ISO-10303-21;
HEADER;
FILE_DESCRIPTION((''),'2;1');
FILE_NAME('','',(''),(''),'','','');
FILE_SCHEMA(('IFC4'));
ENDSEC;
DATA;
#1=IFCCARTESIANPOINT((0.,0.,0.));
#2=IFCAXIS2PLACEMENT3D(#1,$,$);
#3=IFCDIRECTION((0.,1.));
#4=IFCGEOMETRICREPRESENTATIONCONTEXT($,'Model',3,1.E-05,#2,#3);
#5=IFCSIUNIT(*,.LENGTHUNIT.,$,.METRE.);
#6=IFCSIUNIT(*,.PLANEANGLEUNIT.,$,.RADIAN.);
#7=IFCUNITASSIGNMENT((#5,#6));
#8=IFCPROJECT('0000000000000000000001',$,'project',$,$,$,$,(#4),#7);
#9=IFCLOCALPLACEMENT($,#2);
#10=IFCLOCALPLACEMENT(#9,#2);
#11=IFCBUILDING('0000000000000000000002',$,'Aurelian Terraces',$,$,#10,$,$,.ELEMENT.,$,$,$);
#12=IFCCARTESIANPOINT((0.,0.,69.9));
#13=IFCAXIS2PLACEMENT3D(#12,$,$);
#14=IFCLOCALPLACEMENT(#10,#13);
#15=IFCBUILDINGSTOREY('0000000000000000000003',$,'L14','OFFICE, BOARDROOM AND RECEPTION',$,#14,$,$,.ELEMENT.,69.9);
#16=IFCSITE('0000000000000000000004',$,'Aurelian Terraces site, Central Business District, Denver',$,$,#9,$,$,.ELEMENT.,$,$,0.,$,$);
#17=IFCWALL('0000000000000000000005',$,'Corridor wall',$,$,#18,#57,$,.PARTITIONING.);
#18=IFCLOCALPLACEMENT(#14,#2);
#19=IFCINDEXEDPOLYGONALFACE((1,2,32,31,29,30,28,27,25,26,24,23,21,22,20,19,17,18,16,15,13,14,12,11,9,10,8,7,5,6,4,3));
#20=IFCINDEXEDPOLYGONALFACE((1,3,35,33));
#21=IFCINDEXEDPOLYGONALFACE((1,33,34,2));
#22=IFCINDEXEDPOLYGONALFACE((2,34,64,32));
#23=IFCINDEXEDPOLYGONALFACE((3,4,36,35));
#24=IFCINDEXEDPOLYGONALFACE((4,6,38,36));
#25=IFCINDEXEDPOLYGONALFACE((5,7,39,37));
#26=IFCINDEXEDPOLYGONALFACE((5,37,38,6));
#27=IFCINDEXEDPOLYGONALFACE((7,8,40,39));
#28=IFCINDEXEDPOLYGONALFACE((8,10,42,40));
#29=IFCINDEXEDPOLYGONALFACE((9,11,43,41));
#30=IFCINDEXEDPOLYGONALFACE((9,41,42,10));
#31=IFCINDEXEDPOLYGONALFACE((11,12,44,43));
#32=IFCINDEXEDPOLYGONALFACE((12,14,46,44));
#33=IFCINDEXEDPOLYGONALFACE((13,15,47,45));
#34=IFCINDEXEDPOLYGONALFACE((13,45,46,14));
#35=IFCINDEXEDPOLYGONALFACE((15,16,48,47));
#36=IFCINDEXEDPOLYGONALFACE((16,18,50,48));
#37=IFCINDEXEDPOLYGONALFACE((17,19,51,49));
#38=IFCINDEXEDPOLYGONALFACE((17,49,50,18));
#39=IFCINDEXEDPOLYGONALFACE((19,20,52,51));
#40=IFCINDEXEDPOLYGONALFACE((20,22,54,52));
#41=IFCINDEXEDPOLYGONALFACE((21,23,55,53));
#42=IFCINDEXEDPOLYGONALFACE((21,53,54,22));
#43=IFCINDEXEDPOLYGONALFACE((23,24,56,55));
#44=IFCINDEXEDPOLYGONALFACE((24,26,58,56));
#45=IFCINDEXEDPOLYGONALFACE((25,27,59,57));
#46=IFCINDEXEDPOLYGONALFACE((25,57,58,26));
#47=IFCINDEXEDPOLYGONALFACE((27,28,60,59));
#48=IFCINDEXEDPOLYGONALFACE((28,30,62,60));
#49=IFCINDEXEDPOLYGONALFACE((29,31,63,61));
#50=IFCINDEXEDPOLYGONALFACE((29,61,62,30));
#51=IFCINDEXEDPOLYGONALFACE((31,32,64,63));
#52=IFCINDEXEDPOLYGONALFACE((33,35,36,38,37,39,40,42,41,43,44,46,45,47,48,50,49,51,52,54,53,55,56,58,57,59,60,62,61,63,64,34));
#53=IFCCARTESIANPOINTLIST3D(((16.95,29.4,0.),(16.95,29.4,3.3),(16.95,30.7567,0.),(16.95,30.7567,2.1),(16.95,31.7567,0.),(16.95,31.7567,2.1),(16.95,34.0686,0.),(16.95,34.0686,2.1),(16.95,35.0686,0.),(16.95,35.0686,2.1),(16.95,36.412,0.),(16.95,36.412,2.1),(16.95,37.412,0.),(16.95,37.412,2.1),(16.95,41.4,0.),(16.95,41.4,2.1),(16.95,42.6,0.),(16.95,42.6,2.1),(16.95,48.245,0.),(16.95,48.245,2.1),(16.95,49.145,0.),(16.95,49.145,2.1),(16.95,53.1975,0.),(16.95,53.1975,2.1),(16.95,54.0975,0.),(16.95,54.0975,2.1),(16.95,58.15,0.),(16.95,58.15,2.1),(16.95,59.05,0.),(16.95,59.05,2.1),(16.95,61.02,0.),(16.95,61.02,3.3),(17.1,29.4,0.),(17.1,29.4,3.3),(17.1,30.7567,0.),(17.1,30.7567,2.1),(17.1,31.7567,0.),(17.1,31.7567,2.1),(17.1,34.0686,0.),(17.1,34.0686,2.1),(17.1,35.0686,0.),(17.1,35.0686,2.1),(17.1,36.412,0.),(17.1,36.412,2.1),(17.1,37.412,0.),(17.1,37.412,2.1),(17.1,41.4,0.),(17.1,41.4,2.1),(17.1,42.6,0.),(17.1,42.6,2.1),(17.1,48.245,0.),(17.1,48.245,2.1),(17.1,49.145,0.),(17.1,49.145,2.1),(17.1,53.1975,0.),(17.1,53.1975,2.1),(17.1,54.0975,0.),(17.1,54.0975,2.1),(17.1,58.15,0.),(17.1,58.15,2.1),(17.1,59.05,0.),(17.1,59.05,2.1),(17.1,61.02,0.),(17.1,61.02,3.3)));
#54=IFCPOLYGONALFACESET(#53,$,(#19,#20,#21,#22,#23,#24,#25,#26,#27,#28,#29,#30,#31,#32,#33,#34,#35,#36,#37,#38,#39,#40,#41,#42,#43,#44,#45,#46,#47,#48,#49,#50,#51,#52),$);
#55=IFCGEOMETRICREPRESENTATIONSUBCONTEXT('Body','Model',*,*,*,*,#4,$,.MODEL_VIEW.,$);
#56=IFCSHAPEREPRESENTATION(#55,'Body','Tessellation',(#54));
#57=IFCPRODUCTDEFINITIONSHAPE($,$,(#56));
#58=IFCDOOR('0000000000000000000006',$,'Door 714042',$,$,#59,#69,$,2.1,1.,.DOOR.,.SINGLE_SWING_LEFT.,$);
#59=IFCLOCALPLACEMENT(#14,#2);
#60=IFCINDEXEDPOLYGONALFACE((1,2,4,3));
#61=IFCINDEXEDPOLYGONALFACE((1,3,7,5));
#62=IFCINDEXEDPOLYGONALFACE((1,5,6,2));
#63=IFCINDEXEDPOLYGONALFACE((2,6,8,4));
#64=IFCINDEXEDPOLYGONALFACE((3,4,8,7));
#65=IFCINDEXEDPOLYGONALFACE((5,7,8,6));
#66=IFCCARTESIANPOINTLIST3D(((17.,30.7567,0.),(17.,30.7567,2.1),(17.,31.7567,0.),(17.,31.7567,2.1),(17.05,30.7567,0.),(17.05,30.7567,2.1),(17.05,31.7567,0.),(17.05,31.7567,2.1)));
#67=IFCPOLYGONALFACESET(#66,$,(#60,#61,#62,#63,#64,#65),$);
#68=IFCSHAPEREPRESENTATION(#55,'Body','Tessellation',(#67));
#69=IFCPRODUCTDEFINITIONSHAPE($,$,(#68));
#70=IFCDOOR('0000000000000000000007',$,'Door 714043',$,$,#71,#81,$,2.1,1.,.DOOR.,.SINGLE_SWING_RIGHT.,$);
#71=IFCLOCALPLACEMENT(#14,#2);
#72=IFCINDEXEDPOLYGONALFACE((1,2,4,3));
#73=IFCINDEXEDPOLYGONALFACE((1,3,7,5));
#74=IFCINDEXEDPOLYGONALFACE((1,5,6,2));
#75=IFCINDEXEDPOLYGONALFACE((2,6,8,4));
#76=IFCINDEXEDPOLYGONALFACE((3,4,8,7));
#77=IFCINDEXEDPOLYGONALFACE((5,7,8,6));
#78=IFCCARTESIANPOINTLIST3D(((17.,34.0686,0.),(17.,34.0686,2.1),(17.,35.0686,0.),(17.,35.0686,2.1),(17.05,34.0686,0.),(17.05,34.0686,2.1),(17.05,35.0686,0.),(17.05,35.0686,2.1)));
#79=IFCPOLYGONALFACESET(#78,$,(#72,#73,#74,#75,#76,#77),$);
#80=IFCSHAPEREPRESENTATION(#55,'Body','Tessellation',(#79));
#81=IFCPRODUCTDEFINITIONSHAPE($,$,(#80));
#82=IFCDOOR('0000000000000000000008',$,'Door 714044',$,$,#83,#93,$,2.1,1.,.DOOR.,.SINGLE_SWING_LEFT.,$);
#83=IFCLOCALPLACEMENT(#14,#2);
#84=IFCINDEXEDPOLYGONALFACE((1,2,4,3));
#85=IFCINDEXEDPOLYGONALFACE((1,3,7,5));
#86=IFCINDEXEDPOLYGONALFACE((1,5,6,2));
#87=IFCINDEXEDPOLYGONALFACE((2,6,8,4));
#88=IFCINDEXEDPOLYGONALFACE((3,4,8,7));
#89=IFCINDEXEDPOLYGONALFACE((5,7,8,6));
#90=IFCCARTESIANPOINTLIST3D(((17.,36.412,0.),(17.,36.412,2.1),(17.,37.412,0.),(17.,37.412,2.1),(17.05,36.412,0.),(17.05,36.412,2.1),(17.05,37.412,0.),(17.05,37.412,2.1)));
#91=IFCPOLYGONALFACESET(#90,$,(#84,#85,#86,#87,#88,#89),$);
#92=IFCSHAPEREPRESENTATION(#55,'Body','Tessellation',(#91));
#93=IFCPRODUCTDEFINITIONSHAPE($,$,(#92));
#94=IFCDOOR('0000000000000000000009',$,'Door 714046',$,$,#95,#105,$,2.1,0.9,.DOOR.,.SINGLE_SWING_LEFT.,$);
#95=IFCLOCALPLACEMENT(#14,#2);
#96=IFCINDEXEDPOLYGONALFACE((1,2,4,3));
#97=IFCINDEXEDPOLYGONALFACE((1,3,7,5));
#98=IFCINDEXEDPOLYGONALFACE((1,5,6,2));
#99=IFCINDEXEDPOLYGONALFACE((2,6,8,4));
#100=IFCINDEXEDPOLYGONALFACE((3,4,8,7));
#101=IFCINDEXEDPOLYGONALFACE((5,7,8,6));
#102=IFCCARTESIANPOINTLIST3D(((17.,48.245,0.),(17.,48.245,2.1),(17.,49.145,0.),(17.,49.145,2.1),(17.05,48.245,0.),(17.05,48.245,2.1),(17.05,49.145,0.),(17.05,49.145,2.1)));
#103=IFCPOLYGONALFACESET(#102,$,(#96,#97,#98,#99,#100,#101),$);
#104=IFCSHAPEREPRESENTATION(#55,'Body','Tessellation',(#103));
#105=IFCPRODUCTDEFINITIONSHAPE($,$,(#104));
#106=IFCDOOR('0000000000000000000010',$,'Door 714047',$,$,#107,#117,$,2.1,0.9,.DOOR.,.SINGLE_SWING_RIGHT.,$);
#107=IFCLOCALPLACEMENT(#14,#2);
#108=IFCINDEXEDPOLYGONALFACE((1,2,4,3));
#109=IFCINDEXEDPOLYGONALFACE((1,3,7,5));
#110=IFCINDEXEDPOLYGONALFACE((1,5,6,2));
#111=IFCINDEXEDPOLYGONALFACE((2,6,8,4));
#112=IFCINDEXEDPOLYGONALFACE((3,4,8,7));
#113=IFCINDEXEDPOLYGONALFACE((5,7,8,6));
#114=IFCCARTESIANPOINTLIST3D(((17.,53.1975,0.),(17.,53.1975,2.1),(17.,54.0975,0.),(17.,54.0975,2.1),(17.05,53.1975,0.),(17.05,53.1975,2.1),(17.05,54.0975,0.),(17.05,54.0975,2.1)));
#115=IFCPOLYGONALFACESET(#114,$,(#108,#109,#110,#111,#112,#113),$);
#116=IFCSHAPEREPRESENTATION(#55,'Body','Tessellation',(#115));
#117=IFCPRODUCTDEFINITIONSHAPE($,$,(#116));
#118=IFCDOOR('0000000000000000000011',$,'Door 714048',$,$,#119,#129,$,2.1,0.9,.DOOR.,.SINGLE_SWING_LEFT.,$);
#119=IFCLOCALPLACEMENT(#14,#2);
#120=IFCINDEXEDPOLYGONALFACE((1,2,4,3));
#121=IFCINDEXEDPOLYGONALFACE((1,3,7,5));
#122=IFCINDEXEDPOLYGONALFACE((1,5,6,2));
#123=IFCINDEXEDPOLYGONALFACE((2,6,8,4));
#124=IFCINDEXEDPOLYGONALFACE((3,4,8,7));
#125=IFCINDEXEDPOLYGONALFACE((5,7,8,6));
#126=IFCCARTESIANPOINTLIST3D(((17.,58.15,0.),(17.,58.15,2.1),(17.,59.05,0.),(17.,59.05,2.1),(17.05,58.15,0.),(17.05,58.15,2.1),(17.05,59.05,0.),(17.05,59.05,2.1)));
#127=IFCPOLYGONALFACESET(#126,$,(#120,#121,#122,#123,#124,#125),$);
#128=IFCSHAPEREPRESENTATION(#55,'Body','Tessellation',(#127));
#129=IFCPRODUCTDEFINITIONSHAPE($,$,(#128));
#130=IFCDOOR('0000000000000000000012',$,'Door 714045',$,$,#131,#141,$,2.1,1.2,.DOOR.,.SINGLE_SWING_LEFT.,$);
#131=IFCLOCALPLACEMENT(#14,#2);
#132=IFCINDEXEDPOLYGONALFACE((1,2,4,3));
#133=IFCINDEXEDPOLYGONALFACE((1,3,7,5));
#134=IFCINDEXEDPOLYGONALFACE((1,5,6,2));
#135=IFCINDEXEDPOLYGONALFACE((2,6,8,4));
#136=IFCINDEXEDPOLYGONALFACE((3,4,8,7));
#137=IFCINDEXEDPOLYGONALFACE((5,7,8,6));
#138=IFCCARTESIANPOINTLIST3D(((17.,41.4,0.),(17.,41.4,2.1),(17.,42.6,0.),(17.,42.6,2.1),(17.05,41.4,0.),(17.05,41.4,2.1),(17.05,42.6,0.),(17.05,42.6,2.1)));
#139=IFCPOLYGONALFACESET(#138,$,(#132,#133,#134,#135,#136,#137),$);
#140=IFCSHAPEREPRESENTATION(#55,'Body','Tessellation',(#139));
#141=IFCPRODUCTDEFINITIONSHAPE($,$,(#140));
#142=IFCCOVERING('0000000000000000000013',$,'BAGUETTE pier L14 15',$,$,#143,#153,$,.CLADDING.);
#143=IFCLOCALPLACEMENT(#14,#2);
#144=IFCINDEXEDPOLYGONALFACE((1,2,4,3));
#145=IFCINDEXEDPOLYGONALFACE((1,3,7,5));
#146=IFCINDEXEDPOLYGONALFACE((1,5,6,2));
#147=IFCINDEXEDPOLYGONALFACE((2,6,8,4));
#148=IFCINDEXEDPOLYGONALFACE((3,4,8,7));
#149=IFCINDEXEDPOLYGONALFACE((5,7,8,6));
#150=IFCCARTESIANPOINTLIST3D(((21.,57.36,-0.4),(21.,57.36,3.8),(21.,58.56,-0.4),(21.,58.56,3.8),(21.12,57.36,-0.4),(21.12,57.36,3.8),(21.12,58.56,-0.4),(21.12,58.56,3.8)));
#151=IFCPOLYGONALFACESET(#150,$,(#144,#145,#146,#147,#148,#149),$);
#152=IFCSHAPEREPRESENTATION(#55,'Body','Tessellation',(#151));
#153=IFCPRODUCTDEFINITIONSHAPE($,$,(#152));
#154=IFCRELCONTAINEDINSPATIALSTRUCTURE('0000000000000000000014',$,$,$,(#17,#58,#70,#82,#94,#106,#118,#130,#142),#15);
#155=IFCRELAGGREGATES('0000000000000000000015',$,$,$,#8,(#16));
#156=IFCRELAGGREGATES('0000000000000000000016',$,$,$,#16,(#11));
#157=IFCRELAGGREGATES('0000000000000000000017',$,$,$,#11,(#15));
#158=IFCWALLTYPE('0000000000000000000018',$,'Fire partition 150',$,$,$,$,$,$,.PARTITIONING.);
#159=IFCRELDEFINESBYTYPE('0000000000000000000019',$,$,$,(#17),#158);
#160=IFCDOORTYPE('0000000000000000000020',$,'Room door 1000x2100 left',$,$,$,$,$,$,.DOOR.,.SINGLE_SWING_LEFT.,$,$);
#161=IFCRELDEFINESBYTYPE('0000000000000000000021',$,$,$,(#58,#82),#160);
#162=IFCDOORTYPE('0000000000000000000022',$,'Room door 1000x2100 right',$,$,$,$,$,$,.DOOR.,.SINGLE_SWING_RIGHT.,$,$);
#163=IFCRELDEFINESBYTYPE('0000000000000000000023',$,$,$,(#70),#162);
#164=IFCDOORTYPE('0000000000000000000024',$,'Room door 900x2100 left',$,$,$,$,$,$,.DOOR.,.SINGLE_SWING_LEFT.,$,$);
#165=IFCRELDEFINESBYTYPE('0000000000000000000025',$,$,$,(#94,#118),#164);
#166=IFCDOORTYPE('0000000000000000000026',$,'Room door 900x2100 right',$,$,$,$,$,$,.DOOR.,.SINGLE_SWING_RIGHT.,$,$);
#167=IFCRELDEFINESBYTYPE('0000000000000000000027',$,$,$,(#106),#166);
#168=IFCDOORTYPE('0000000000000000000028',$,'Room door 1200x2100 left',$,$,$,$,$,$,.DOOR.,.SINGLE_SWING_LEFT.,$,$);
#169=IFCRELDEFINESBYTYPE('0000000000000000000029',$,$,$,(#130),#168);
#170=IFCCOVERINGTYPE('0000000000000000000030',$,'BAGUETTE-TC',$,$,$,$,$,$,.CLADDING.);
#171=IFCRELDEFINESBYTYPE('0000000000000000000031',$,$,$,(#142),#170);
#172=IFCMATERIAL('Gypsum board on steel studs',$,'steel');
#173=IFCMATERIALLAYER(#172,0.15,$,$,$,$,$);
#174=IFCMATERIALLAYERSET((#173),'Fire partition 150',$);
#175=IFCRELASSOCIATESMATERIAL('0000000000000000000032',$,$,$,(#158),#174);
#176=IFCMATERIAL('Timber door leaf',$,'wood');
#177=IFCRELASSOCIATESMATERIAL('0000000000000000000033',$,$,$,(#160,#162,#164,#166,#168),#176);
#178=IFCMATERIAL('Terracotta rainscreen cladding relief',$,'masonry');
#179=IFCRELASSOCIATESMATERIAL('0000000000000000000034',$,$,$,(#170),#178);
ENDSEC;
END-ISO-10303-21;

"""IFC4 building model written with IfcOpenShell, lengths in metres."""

from ifc_helpers import new_model, si_unit, direction, frame, frame_2d, origin, origin_2d, place, context, subcontext, project, spatial, rectangle, extrude, source, transform, mapped, material, layer, layer_set, type_object, element, fill, save


model = new_model("IFC4")

# Units and contexts
model_context = context("Model", 3, precision=1e-05, world=origin(), true_north=direction((0.0, 1.0)))
body_context = subcontext(model_context, "Body", "Model", "MODEL_VIEW")
ifc_project = project(units=[si_unit("LENGTHUNIT", "METRE"), si_unit("PLANEANGLEUNIT", "RADIAN")], contexts=[model_context])

# Site, building, storey
site_placement = place(None, origin())
site = spatial("IfcSite", under=ifc_project, at=site_placement, Name="Aurelian Terraces site, Central Business District, Denver", CompositionType="ELEMENT", RefElevation=0.0)
building_placement = place(site_placement, origin())
building = spatial("IfcBuilding", under=site, at=building_placement, Name="Aurelian Terraces", CompositionType="ELEMENT")
storey_placement = place(building_placement, frame((0.0, 0.0, 69.9)))
storey = spatial("IfcBuildingStorey", under=building, at=storey_placement, Name="L14", Description="OFFICE, BOARDROOM AND RECEPTION", CompositionType="ELEMENT", Elevation=69.9)

# Shared definitions
ifc_material_1 = material(Name="Gypsum board on steel studs", Category="steel")

# Wall, openings, doors
ifc_layer_1 = layer(ifc_material_1, 0.15)
ifc_layer_set_1 = layer_set([ifc_layer_1], Name="Fire partition 150")
wall_type_1 = type_object("IfcWallType", Name="Fire partition 150", PredefinedType="PARTITIONING", material=ifc_layer_set_1)
shared_shape_1 = source(origin(), body_context, "Body", "SweptSolid", [
    extrude(rectangle(XDim=31.62, YDim=0.15, at=frame_2d((15.81, 0.0))), origin(), (0.0, 0.0, 1.0), 3.3),
])
wall_1_placement = place(storey_placement, frame((17.025, 61.02, 0.0), z_axis=(0.0, 0.0, 1.0), x_axis=(0.0, -1.0, 0.0)))
wall_1 = element("IfcWall", 1, at=wall_1_placement, inside=storey, type_object=wall_type_1, Name="Corridor wall", PredefinedType="PARTITIONING", context=body_context, shape_type="MappedRepresentation", body=[
    mapped(shared_shape_1, transform((0.0, 0.0, 0.0), scale=1.0)),
])
shared_shape_2 = source(origin(), body_context, "Body", "SweptSolid", [
    extrude(rectangle(XDim=1.0, YDim=2.1, at=frame_2d((0.5, 1.05))), frame((0.0, 0.085, 0.0), z_axis=(0.0, -1.0, 0.0), x_axis=(1.0, 0.0, 0.0)), (0.0, 0.0, 1.0), 0.17),
])
opening_1_placement = place(wall_1_placement, frame((29.2633, 0.0, 0.0)))
opening_1 = element("IfcOpeningElement", 2, at=opening_1_placement, cuts=wall_1, PredefinedType="OPENING", context=body_context, shape_type="MappedRepresentation", body=[
    mapped(shared_shape_2, transform((0.0, 0.0, 0.0), scale=1.0)),
])
opening_2_placement = place(wall_1_placement, frame((25.9514, 0.0, 0.0)))
opening_2 = element("IfcOpeningElement", 3, at=opening_2_placement, cuts=wall_1, PredefinedType="OPENING", context=body_context, shape_type="MappedRepresentation", body=[
    mapped(shared_shape_2, transform((0.0, 0.0, 0.0), scale=1.0)),
])
opening_3_placement = place(wall_1_placement, frame((23.608, 0.0, 0.0)))
opening_3 = element("IfcOpeningElement", 4, at=opening_3_placement, cuts=wall_1, PredefinedType="OPENING", context=body_context, shape_type="MappedRepresentation", body=[
    mapped(shared_shape_2, transform((0.0, 0.0, 0.0), scale=1.0)),
])
shared_shape_3 = source(origin(), body_context, "Body", "SweptSolid", [
    extrude(rectangle(XDim=1.2, YDim=2.1, at=frame_2d((0.6, 1.05))), frame((0.0, 0.085, 0.0), z_axis=(0.0, -1.0, 0.0), x_axis=(1.0, 0.0, 0.0)), (0.0, 0.0, 1.0), 0.17),
])
opening_4_placement = place(wall_1_placement, frame((18.42, 0.0, 0.0)))
opening_4 = element("IfcOpeningElement", 5, at=opening_4_placement, cuts=wall_1, PredefinedType="OPENING", context=body_context, shape_type="MappedRepresentation", body=[
    mapped(shared_shape_3, transform((0.0, 0.0, 0.0), scale=1.0)),
])
shared_shape_4 = source(origin(), body_context, "Body", "SweptSolid", [
    extrude(rectangle(XDim=0.9, YDim=2.1, at=frame_2d((0.45, 1.05))), frame((0.0, 0.085, 0.0), z_axis=(0.0, -1.0, 0.0), x_axis=(1.0, 0.0, 0.0)), (0.0, 0.0, 1.0), 0.17),
])
opening_5_placement = place(wall_1_placement, frame((11.875, 0.0, 0.0)))
opening_5 = element("IfcOpeningElement", 6, at=opening_5_placement, cuts=wall_1, PredefinedType="OPENING", context=body_context, shape_type="MappedRepresentation", body=[
    mapped(shared_shape_4, transform((0.0, 0.0, 0.0), scale=1.0)),
])
opening_6_placement = place(wall_1_placement, frame((6.9225, 0.0, 0.0)))
opening_6 = element("IfcOpeningElement", 7, at=opening_6_placement, cuts=wall_1, PredefinedType="OPENING", context=body_context, shape_type="MappedRepresentation", body=[
    mapped(shared_shape_4, transform((0.0, 0.0, 0.0), scale=1.0)),
])
opening_7_placement = place(wall_1_placement, frame((1.97, 0.0, 0.0)))
opening_7 = element("IfcOpeningElement", 8, at=opening_7_placement, cuts=wall_1, PredefinedType="OPENING", context=body_context, shape_type="MappedRepresentation", body=[
    mapped(shared_shape_4, transform((0.0, 0.0, 0.0), scale=1.0)),
])
ifc_material_2 = material(Name="Timber door leaf", Category="wood")
door_type_1 = type_object("IfcDoorType", Name="Room door 1000x2100 left", OperationType="SINGLE_SWING_LEFT", PredefinedType="DOOR", material=ifc_material_2)
shared_shape_5 = source(origin(), body_context, "Body", "SweptSolid", [
    extrude(rectangle(XDim=1.0, YDim=2.1, at=frame_2d((0.5, 1.05))), frame((0.0, 0.025, 0.0), z_axis=(0.0, -1.0, 0.0), x_axis=(1.0, 0.0, 0.0)), (0.0, 0.0, 1.0), 0.05),
])
door_1_placement = place(opening_1_placement, origin())
door_1 = element("IfcDoor", 9, at=door_1_placement, inside=storey, type_object=door_type_1, Name="Door 714042", OperationType="SINGLE_SWING_LEFT", OverallHeight=2.1, OverallWidth=1.0, PredefinedType="DOOR", context=body_context, shape_type="MappedRepresentation", body=[
    mapped(shared_shape_5, transform((0.0, 0.0, 0.0), scale=1.0)),
])
fill(opening_1, door_1)
door_type_2 = type_object("IfcDoorType", Name="Room door 1000x2100 right", OperationType="SINGLE_SWING_RIGHT", PredefinedType="DOOR", material=ifc_material_2)
door_2_placement = place(opening_2_placement, origin())
door_2 = element("IfcDoor", 10, at=door_2_placement, inside=storey, type_object=door_type_2, Name="Door 714043", OperationType="SINGLE_SWING_RIGHT", OverallHeight=2.1, OverallWidth=1.0, PredefinedType="DOOR", context=body_context, shape_type="MappedRepresentation", body=[
    mapped(shared_shape_5, transform((0.0, 0.0, 0.0), scale=1.0)),
])
fill(opening_2, door_2)
door_3_placement = place(opening_3_placement, origin())
door_3 = element("IfcDoor", 11, at=door_3_placement, inside=storey, type_object=door_type_1, Name="Door 714044", OperationType="SINGLE_SWING_LEFT", OverallHeight=2.1, OverallWidth=1.0, PredefinedType="DOOR", context=body_context, shape_type="MappedRepresentation", body=[
    mapped(shared_shape_5, transform((0.0, 0.0, 0.0), scale=1.0)),
])
fill(opening_3, door_3)
door_type_3 = type_object("IfcDoorType", Name="Room door 900x2100 left", OperationType="SINGLE_SWING_LEFT", PredefinedType="DOOR", material=ifc_material_2)
shared_shape_6 = source(origin(), body_context, "Body", "SweptSolid", [
    extrude(rectangle(XDim=0.9, YDim=2.1, at=frame_2d((0.45, 1.05))), frame((0.0, 0.025, 0.0), z_axis=(0.0, -1.0, 0.0), x_axis=(1.0, 0.0, 0.0)), (0.0, 0.0, 1.0), 0.05),
])
door_4_placement = place(opening_5_placement, origin())
door_4 = element("IfcDoor", 12, at=door_4_placement, inside=storey, type_object=door_type_3, Name="Door 714046", OperationType="SINGLE_SWING_LEFT", OverallHeight=2.1, OverallWidth=0.9, PredefinedType="DOOR", context=body_context, shape_type="MappedRepresentation", body=[
    mapped(shared_shape_6, transform((0.0, 0.0, 0.0), scale=1.0)),
])
fill(opening_5, door_4)
door_type_4 = type_object("IfcDoorType", Name="Room door 900x2100 right", OperationType="SINGLE_SWING_RIGHT", PredefinedType="DOOR", material=ifc_material_2)
door_5_placement = place(opening_6_placement, origin())
door_5 = element("IfcDoor", 13, at=door_5_placement, inside=storey, type_object=door_type_4, Name="Door 714047", OperationType="SINGLE_SWING_RIGHT", OverallHeight=2.1, OverallWidth=0.9, PredefinedType="DOOR", context=body_context, shape_type="MappedRepresentation", body=[
    mapped(shared_shape_6, transform((0.0, 0.0, 0.0), scale=1.0)),
])
fill(opening_6, door_5)
door_6_placement = place(opening_7_placement, origin())
door_6 = element("IfcDoor", 14, at=door_6_placement, inside=storey, type_object=door_type_3, Name="Door 714048", OperationType="SINGLE_SWING_LEFT", OverallHeight=2.1, OverallWidth=0.9, PredefinedType="DOOR", context=body_context, shape_type="MappedRepresentation", body=[
    mapped(shared_shape_6, transform((0.0, 0.0, 0.0), scale=1.0)),
])
fill(opening_7, door_6)
door_type_5 = type_object("IfcDoorType", Name="Room door 1200x2100 left", OperationType="SINGLE_SWING_LEFT", PredefinedType="DOOR", material=ifc_material_2)
shared_shape_7 = source(origin(), body_context, "Body", "SweptSolid", [
    extrude(rectangle(XDim=1.2, YDim=2.1, at=frame_2d((0.6, 1.05))), frame((0.0, 0.025, 0.0), z_axis=(0.0, -1.0, 0.0), x_axis=(1.0, 0.0, 0.0)), (0.0, 0.0, 1.0), 0.05),
])
door_7_placement = place(opening_4_placement, origin())
door_7 = element("IfcDoor", 15, at=door_7_placement, inside=storey, type_object=door_type_5, Name="Door 714045", OperationType="SINGLE_SWING_LEFT", OverallHeight=2.1, OverallWidth=1.2, PredefinedType="DOOR", context=body_context, shape_type="MappedRepresentation", body=[
    mapped(shared_shape_7, transform((0.0, 0.0, 0.0), scale=1.0)),
])
fill(opening_4, door_7)

# Covering
ifc_material_3 = material(Name="Terracotta rainscreen cladding relief", Category="masonry")
covering_type = type_object("IfcCoveringType", Name="BAGUETTE-TC", PredefinedType="CLADDING", material=ifc_material_3)
shared_shape_8 = source(origin(), body_context, "Body", "SweptSolid", [
    extrude(rectangle(XDim=0.12, YDim=1.2, at=origin_2d()), origin(), (0.0, 0.0, 1.0), 4.2),
])
covering_placement = place(storey_placement, frame((21.06, 57.96, -0.4), z_axis=(0.0, 0.0, 1.0), x_axis=(1.0, 0.0, 0.0)))
element("IfcCovering", 16, at=covering_placement, inside=storey, type_object=covering_type, Name="BAGUETTE pier L14 15", PredefinedType="CLADDING", context=body_context, shape_type="MappedRepresentation", body=[
    mapped(shared_shape_8, transform((0.0, 0.0, 0.0), scale=1.0)),
])

save(model, "model.ifc")
